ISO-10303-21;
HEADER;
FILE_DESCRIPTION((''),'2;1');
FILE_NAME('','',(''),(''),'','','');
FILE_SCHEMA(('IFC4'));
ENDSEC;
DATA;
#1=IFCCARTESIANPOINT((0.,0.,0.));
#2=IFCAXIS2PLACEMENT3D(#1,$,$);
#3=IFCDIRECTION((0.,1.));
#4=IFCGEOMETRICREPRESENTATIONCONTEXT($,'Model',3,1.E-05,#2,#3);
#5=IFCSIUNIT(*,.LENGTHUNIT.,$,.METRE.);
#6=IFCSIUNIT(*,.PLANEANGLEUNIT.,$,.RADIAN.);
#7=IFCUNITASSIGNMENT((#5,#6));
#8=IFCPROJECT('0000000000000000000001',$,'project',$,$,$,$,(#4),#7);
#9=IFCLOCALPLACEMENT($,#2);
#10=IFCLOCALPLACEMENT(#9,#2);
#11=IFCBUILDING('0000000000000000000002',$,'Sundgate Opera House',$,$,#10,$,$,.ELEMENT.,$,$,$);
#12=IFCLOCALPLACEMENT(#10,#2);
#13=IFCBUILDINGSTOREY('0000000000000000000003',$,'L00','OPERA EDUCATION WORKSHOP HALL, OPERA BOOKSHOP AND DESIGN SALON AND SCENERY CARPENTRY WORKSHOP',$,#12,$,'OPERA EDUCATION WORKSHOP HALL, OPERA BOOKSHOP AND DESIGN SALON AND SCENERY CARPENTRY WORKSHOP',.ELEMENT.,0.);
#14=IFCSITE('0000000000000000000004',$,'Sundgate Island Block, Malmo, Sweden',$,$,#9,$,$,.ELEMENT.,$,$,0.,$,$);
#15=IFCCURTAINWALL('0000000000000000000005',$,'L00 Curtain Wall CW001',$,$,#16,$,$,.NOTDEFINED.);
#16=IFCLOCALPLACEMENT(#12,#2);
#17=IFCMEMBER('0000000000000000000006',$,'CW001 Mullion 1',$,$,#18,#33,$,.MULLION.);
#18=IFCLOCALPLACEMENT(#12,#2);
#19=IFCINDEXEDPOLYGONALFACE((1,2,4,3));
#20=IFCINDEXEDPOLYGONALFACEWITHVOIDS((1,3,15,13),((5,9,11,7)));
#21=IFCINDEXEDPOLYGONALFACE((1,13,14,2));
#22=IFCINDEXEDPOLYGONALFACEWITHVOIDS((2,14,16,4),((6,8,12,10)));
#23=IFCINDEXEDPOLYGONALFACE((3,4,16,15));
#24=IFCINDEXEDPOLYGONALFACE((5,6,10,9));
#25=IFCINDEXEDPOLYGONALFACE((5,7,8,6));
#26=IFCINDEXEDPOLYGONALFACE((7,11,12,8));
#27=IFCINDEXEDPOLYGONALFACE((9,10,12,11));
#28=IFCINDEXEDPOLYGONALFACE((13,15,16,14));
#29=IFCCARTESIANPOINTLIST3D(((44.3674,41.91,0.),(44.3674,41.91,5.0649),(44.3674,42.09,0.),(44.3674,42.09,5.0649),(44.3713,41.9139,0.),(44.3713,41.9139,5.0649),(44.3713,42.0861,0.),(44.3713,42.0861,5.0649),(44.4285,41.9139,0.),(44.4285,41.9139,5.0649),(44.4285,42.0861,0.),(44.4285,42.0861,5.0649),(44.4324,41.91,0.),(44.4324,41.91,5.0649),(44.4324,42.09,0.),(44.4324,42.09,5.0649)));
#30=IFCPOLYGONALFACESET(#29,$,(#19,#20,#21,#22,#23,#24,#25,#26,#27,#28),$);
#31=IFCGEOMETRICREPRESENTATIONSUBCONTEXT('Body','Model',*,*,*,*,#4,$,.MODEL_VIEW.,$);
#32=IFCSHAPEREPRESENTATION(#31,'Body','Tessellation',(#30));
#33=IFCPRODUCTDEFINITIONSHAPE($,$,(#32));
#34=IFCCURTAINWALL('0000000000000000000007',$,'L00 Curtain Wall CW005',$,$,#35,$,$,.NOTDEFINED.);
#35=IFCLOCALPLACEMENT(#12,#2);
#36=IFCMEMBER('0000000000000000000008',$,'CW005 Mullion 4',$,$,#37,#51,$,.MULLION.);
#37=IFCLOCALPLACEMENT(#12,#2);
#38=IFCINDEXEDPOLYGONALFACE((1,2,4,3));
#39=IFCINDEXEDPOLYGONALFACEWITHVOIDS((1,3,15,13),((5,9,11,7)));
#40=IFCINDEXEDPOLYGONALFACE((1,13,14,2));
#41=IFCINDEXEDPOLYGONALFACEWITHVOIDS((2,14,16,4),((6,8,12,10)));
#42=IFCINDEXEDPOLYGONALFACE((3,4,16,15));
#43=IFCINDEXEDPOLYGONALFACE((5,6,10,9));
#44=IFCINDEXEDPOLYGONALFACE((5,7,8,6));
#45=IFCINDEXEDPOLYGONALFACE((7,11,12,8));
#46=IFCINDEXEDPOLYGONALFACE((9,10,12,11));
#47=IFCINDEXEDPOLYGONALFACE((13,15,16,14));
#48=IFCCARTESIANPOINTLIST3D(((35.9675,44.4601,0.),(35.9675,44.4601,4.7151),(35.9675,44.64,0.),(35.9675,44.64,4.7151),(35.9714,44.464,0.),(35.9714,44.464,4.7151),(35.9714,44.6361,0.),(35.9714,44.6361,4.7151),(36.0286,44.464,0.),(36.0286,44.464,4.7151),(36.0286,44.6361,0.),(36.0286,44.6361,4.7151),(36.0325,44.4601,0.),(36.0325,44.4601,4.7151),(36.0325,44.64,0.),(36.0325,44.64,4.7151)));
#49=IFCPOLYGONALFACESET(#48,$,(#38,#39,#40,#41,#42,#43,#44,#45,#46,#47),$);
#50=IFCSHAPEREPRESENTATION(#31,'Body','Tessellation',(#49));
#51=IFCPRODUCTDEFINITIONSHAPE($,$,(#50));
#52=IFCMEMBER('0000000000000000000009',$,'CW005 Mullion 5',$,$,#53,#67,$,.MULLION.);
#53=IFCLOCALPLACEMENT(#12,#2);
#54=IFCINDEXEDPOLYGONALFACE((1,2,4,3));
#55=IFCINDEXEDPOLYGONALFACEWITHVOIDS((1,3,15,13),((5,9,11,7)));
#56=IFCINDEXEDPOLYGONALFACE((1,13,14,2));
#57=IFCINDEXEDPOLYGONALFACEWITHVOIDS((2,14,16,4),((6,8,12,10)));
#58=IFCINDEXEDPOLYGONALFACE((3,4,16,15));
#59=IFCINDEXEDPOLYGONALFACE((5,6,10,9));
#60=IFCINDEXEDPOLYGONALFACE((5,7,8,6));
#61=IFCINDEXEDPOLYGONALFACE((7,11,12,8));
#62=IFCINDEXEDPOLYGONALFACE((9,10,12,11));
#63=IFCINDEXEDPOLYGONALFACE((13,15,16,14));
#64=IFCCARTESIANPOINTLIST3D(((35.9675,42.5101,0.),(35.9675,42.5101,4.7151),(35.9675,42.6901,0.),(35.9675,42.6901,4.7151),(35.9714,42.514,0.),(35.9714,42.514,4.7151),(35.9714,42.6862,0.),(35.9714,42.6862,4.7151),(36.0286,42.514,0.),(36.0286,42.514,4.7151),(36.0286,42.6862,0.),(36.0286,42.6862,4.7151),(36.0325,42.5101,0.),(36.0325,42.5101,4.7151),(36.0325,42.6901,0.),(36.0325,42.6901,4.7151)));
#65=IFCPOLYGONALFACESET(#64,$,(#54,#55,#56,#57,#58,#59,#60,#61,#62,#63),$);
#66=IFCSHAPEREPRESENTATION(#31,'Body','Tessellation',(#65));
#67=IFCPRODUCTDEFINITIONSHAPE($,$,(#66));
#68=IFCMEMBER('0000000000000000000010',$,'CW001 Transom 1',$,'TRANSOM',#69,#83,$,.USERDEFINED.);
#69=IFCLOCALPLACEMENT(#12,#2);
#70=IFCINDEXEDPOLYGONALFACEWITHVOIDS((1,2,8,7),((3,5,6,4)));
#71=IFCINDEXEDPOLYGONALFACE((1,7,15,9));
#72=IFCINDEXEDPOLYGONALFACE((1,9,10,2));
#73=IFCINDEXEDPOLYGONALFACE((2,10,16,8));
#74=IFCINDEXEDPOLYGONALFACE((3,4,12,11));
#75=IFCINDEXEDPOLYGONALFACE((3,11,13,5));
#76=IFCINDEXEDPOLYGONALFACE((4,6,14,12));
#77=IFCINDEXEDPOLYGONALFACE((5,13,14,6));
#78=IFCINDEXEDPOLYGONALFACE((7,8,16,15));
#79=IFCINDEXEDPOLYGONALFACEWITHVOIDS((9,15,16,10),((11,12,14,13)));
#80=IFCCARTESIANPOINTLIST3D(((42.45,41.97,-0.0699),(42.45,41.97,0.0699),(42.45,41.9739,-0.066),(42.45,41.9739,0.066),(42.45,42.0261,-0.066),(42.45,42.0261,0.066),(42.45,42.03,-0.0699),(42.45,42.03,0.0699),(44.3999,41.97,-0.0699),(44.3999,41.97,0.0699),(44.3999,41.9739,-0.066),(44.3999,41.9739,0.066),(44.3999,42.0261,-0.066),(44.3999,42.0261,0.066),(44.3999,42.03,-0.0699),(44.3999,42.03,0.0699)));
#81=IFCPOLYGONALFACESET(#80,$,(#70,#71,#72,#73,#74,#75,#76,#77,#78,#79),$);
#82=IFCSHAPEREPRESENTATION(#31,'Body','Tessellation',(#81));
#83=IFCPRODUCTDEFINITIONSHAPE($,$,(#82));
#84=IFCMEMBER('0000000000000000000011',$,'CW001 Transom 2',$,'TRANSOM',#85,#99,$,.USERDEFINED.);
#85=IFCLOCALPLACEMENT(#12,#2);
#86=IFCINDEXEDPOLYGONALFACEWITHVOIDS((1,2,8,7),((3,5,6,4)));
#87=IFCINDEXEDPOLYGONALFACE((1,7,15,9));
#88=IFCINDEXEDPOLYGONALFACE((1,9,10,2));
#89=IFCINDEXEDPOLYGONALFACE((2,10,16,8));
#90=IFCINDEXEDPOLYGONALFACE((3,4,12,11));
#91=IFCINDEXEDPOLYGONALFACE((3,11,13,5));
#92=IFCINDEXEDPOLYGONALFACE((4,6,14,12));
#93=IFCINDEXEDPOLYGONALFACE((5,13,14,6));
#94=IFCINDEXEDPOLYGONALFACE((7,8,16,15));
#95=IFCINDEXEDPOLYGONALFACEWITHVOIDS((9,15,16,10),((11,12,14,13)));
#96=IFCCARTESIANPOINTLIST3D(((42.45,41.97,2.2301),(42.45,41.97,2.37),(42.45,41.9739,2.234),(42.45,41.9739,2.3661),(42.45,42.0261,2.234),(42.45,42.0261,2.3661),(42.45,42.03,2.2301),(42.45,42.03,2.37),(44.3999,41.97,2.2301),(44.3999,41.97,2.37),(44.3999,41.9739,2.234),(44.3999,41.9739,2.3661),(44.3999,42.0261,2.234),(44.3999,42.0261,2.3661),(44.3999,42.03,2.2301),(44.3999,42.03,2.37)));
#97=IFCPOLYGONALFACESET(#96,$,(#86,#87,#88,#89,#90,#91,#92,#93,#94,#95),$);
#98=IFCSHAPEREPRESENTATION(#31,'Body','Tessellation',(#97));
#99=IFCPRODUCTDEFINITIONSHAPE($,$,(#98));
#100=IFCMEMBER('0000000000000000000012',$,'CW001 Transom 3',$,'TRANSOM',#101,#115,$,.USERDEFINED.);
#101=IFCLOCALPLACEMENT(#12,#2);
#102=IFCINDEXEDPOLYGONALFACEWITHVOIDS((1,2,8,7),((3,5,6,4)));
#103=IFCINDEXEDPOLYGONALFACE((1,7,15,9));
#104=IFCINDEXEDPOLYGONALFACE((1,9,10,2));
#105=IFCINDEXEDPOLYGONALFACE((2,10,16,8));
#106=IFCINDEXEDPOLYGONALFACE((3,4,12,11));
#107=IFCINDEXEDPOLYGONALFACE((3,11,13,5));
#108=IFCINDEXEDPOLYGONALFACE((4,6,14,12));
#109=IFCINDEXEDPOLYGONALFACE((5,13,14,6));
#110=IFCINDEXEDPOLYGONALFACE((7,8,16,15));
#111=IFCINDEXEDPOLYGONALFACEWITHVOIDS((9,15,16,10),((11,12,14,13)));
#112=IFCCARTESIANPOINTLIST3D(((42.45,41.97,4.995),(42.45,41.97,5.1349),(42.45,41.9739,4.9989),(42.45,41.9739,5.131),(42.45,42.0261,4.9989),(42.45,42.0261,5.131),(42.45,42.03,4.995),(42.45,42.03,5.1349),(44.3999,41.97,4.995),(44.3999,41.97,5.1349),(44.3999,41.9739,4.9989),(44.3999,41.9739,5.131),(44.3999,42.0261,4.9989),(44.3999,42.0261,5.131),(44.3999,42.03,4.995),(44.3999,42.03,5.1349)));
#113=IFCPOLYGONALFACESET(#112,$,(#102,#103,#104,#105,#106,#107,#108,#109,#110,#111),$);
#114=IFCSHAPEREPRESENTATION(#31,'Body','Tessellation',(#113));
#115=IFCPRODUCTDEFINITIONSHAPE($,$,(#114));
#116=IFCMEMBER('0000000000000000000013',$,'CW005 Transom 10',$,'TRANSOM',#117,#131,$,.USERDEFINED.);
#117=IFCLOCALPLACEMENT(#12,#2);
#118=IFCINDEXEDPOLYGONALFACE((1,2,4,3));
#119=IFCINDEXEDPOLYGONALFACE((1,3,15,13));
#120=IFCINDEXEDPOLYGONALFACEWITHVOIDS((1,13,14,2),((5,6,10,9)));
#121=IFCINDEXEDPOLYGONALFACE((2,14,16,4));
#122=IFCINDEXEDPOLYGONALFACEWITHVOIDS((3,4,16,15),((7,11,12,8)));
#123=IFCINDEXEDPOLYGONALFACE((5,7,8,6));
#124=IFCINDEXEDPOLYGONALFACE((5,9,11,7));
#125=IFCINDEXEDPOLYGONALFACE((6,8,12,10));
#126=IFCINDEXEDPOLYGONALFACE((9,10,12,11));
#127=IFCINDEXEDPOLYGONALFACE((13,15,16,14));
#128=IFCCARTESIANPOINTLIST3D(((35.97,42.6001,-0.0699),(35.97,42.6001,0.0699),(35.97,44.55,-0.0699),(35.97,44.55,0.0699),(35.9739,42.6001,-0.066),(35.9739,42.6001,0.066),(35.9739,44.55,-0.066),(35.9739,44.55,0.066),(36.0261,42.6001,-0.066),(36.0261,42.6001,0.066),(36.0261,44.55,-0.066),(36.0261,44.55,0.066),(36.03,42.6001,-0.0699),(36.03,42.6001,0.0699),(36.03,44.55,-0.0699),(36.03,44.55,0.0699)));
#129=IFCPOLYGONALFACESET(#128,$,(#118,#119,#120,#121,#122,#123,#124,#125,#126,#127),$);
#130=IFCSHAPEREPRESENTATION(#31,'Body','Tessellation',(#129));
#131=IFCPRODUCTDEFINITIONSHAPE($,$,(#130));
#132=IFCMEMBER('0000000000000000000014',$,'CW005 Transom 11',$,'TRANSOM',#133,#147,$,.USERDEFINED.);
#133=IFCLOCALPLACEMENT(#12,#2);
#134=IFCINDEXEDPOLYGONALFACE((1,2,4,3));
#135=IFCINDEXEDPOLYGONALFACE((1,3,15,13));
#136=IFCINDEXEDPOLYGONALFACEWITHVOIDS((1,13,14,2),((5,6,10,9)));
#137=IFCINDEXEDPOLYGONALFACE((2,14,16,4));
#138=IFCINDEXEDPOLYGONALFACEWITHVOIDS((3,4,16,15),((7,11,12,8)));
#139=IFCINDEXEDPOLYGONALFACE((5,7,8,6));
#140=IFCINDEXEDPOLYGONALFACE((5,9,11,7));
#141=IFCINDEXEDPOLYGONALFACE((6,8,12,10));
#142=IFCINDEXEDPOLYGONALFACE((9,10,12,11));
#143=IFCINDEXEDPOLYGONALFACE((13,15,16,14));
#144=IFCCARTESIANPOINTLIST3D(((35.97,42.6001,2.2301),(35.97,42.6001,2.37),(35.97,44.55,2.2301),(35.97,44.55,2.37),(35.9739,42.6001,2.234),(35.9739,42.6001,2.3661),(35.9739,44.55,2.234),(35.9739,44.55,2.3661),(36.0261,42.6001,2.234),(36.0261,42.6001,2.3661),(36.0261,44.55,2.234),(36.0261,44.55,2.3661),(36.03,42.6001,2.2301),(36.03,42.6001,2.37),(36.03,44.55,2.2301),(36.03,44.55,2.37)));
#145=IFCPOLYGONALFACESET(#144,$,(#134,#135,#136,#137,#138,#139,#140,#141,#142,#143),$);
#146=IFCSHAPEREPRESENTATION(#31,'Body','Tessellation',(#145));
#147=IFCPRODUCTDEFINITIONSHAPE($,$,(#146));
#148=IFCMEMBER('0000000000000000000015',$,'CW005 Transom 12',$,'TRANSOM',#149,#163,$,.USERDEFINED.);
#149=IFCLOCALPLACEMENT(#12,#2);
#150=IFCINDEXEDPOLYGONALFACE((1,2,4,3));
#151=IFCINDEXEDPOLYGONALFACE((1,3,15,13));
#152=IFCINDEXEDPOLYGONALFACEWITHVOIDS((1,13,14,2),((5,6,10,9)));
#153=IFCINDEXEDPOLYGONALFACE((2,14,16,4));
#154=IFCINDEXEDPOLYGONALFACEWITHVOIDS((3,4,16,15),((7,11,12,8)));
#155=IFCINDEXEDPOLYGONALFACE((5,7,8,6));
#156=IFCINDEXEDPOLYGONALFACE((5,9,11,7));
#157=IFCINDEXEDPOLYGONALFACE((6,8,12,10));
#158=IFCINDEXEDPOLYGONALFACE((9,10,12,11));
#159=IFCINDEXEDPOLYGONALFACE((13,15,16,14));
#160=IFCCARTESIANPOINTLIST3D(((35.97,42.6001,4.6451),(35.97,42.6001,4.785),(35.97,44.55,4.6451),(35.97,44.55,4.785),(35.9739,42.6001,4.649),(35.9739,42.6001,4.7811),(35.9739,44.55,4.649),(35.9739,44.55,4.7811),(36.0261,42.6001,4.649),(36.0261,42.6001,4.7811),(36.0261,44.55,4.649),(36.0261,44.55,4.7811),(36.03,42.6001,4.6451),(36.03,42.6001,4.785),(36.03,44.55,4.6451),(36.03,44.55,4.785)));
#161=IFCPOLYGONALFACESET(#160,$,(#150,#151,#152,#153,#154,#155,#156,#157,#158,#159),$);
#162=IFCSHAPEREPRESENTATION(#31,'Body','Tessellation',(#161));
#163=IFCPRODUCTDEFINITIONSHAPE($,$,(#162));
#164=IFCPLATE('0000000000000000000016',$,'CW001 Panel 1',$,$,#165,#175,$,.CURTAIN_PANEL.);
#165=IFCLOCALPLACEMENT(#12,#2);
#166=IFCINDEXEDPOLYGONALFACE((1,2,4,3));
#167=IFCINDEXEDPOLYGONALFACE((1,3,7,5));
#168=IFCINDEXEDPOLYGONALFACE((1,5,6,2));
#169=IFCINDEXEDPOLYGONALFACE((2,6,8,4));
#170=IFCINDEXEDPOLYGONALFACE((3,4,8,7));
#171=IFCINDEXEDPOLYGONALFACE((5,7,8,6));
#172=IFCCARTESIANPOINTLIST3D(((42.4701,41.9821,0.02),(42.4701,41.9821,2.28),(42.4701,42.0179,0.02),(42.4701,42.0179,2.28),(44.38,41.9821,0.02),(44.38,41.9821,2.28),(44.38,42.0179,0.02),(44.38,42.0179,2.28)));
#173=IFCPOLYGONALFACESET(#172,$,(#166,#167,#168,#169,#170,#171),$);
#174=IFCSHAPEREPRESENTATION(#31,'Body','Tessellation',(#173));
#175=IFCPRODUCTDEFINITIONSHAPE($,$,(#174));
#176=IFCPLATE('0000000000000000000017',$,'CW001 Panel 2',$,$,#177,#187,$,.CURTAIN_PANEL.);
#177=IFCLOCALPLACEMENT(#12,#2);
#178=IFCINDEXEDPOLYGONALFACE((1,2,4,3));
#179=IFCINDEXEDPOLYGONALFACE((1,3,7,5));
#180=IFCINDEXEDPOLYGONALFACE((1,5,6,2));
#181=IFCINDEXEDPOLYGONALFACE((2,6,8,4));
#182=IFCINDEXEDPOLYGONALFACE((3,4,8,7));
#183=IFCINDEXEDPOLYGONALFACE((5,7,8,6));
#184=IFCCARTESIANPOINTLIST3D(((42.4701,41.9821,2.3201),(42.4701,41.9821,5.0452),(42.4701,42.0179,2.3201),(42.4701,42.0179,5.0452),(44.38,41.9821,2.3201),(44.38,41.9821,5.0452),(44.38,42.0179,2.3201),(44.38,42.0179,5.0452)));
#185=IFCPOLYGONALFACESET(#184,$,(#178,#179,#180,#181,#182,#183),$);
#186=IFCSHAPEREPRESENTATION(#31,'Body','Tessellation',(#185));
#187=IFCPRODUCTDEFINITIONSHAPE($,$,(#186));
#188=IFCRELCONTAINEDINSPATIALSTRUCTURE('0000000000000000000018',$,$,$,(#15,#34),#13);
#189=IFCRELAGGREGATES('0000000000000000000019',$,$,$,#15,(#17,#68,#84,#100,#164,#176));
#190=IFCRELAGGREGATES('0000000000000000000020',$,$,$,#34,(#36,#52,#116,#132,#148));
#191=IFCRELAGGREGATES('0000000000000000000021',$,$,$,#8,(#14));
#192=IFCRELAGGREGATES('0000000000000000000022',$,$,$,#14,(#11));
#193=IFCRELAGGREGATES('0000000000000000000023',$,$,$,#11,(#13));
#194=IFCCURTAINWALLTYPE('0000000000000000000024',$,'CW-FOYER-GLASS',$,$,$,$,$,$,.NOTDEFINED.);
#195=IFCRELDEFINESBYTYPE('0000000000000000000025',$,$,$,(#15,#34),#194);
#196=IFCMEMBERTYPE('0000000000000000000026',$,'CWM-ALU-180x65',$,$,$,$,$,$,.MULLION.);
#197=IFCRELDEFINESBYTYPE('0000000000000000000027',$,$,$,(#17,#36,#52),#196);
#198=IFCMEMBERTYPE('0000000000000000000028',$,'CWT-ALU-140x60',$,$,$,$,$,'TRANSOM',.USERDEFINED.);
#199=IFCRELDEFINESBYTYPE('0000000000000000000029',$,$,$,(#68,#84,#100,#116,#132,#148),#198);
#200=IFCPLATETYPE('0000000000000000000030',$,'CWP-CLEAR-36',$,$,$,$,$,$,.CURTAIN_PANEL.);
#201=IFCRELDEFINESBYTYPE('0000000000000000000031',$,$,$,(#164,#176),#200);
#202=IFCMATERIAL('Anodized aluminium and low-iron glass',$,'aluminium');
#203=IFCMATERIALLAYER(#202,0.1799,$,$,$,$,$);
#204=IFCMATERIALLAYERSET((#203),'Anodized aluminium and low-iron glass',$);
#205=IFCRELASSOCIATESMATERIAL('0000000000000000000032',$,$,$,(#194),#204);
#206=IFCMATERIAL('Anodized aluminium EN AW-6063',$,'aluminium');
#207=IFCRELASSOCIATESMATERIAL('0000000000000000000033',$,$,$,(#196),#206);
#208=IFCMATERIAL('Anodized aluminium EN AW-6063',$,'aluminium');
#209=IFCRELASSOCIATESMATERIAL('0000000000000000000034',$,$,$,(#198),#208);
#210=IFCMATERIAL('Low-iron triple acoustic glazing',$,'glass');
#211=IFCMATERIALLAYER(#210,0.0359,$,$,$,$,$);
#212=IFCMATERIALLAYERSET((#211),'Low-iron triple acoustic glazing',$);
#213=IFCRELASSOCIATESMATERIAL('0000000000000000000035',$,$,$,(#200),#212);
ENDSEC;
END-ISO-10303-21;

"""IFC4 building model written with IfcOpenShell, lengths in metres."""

from ifc_helpers import new_model, si_unit, direction, frame, origin, origin_2d, place, context, subcontext, project, spatial, rectangle, hollow_rectangle, extrude, material, layer, layer_set, material_profile, profile_set, type_object, element, aggregate, save


model = new_model("IFC4")

# Units and contexts
model_context = context("Model", 3, precision=1e-05, world=origin(), true_north=direction((0.0, 1.0)))
body_context = subcontext(model_context, "Body", "Model", "MODEL_VIEW")
ifc_project = project(units=[si_unit("LENGTHUNIT", "METRE"), si_unit("PLANEANGLEUNIT", "RADIAN")], contexts=[model_context])

# Site, building, storey
site_placement = place(None, origin())
site = spatial("IfcSite", under=ifc_project, at=site_placement, Name="Sundgate Island Block, Malmo, Sweden", CompositionType="ELEMENT", RefElevation=0.0)
building_placement = place(site_placement, origin())
building = spatial("IfcBuilding", under=site, at=building_placement, Name="Sundgate Opera House", CompositionType="ELEMENT")
storey_placement = place(building_placement, origin())
storey = spatial("IfcBuildingStorey", under=building, at=storey_placement, Name="L00", Description="OPERA EDUCATION WORKSHOP HALL, OPERA BOOKSHOP AND DESIGN SALON AND SCENERY CARPENTRY WORKSHOP", LongName="OPERA EDUCATION WORKSHOP HALL, OPERA BOOKSHOP AND DESIGN SALON AND SCENERY CARPENTRY WORKSHOP", CompositionType="ELEMENT", Elevation=0.0)

# Curtain wall, member
ifc_material_1 = material(Name="Anodized aluminium and low-iron glass", Category="aluminium")
ifc_layer_1 = layer(ifc_material_1, 0.1799)
ifc_layer_set_1 = layer_set([ifc_layer_1], Name="Anodized aluminium and low-iron glass")
curtain_wall_type = type_object("IfcCurtainWallType", Name="CW-FOYER-GLASS", PredefinedType="NOTDEFINED", material=ifc_layer_set_1)
curtain_wall_1_placement = place(storey_placement, origin())
curtain_wall_1 = element("IfcCurtainWall", 1, at=curtain_wall_1_placement, inside=storey, type_object=curtain_wall_type, Name="L00 Curtain Wall CW001", PredefinedType="NOTDEFINED")
ifc_material_2 = material(Name="Anodized aluminium EN AW-6063", Category="aluminium")
ifc_material_profile_1 = material_profile(ifc_material_2, hollow_rectangle(XDim=0.0649, YDim=0.1799, WallThickness=0.0039, at=origin_2d()), Name="CWM 180x65x4")
ifc_profile_set_1 = profile_set([ifc_material_profile_1], Name="Anodized aluminium EN AW-6063")
member_type_1 = type_object("IfcMemberType", Name="CWM-ALU-180x65", PredefinedType="MULLION", material=ifc_profile_set_1)
member_1_placement = place(storey_placement, frame((44.3999, 42.0, 0.0), z_axis=(0.0, 0.0, 1.0), x_axis=(1.0, 0.0, 0.0)))
member_1 = element("IfcMember", 2, at=member_1_placement, type_object=member_type_1, Name="CW001 Mullion 1", PredefinedType="MULLION", context=body_context, shape_type="SweptSolid", body=[
    extrude(hollow_rectangle(XDim=0.0649, YDim=0.1799, WallThickness=0.0039, at=origin_2d()), origin(), (0.0, 0.0, 1.0), 5.0649),
])

# Curtain wall, members
curtain_wall_2_placement = place(storey_placement, origin())
curtain_wall_2 = element("IfcCurtainWall", 3, at=curtain_wall_2_placement, inside=storey, type_object=curtain_wall_type, Name="L00 Curtain Wall CW005", PredefinedType="NOTDEFINED")
member_2_placement = place(storey_placement, frame((36.0, 44.55, 0.0), z_axis=(0.0, 0.0, 1.0), x_axis=(1.0, 0.0, 0.0)))
member_2 = element("IfcMember", 4, at=member_2_placement, type_object=member_type_1, Name="CW005 Mullion 4", PredefinedType="MULLION", context=body_context, shape_type="SweptSolid", body=[
    extrude(hollow_rectangle(XDim=0.0649, YDim=0.1799, WallThickness=0.0039, at=origin_2d()), origin(), (0.0, 0.0, 1.0), 4.7151),
])
member_3_placement = place(storey_placement, frame((36.0, 42.6001, 0.0), z_axis=(0.0, 0.0, 1.0), x_axis=(1.0, 0.0, 0.0)))
member_3 = element("IfcMember", 5, at=member_3_placement, type_object=member_type_1, Name="CW005 Mullion 5", PredefinedType="MULLION", context=body_context, shape_type="SweptSolid", body=[
    extrude(hollow_rectangle(XDim=0.0649, YDim=0.1799, WallThickness=0.0039, at=origin_2d()), origin(), (0.0, 0.0, 1.0), 4.7151),
])

# Members
ifc_material_3 = material(Name="Anodized aluminium EN AW-6063", Category="aluminium")
ifc_material_profile_2 = material_profile(ifc_material_3, hollow_rectangle(XDim=0.0601, YDim=0.1399, WallThickness=0.0039, at=origin_2d()), Name="CWT 140x60x4")
ifc_profile_set_2 = profile_set([ifc_material_profile_2], Name="Anodized aluminium EN AW-6063")
member_type_2 = type_object("IfcMemberType", Name="CWT-ALU-140x60", ElementType="TRANSOM", PredefinedType="USERDEFINED", material=ifc_profile_set_2)
member_4_placement = place(storey_placement, frame((44.3999, 42.0, 0.0), z_axis=(-1.0, 0.0, 0.0), x_axis=(0.0, -1.0, 0.0)))
member_4 = element("IfcMember", 6, at=member_4_placement, type_object=member_type_2, Name="CW001 Transom 1", ObjectType="TRANSOM", PredefinedType="USERDEFINED", context=body_context, shape_type="SweptSolid", body=[
    extrude(hollow_rectangle(XDim=0.0601, YDim=0.1399, WallThickness=0.0039, at=origin_2d()), origin(), (0.0, 0.0, 1.0), 1.95),
])
member_5_placement = place(storey_placement, frame((44.3999, 42.0, 2.3), z_axis=(-1.0, 0.0, 0.0), x_axis=(0.0, -1.0, 0.0)))
member_5 = element("IfcMember", 7, at=member_5_placement, type_object=member_type_2, Name="CW001 Transom 2", ObjectType="TRANSOM", PredefinedType="USERDEFINED", context=body_context, shape_type="SweptSolid", body=[
    extrude(hollow_rectangle(XDim=0.0601, YDim=0.1399, WallThickness=0.0039, at=origin_2d()), origin(), (0.0, 0.0, 1.0), 1.95),
])
member_6_placement = place(storey_placement, frame((44.3999, 42.0, 5.0649), z_axis=(-1.0, 0.0, 0.0), x_axis=(0.0, -1.0, 0.0)))
member_6 = element("IfcMember", 8, at=member_6_placement, type_object=member_type_2, Name="CW001 Transom 3", ObjectType="TRANSOM", PredefinedType="USERDEFINED", context=body_context, shape_type="SweptSolid", body=[
    extrude(hollow_rectangle(XDim=0.0601, YDim=0.1399, WallThickness=0.0039, at=origin_2d()), origin(), (0.0, 0.0, 1.0), 1.95),
])
member_7_placement = place(storey_placement, frame((36.0, 44.55, 0.0), z_axis=(0.0, -1.0, 0.0), x_axis=(1.0, 0.0, 0.0)))
member_7 = element("IfcMember", 9, at=member_7_placement, type_object=member_type_2, Name="CW005 Transom 10", ObjectType="TRANSOM", PredefinedType="USERDEFINED", context=body_context, shape_type="SweptSolid", body=[
    extrude(hollow_rectangle(XDim=0.0601, YDim=0.1399, WallThickness=0.0039, at=origin_2d()), origin(), (0.0, 0.0, 1.0), 1.95),
])
member_8_placement = place(storey_placement, frame((36.0, 44.55, 2.3), z_axis=(0.0, -1.0, 0.0), x_axis=(1.0, 0.0, 0.0)))
member_8 = element("IfcMember", 10, at=member_8_placement, type_object=member_type_2, Name="CW005 Transom 11", ObjectType="TRANSOM", PredefinedType="USERDEFINED", context=body_context, shape_type="SweptSolid", body=[
    extrude(hollow_rectangle(XDim=0.0601, YDim=0.1399, WallThickness=0.0039, at=origin_2d()), origin(), (0.0, 0.0, 1.0), 1.95),
])
member_9_placement = place(storey_placement, frame((36.0, 44.55, 4.7151), z_axis=(0.0, -1.0, 0.0), x_axis=(1.0, 0.0, 0.0)))
member_9 = element("IfcMember", 11, at=member_9_placement, type_object=member_type_2, Name="CW005 Transom 12", ObjectType="TRANSOM", PredefinedType="USERDEFINED", context=body_context, shape_type="SweptSolid", body=[
    extrude(hollow_rectangle(XDim=0.0601, YDim=0.1399, WallThickness=0.0039, at=origin_2d()), origin(), (0.0, 0.0, 1.0), 1.95),
])

# Plates
ifc_material_4 = material(Name="Low-iron triple acoustic glazing", Category="glass")
ifc_layer_2 = layer(ifc_material_4, 0.0359)
ifc_layer_set_2 = layer_set([ifc_layer_2], Name="Low-iron triple acoustic glazing")
plate_type = type_object("IfcPlateType", Name="CWP-CLEAR-36", PredefinedType="CURTAIN_PANEL", material=ifc_layer_set_2)
plate_1_placement = place(storey_placement, frame((43.425, 42.0, 0.02), z_axis=(0.0, 0.0, 1.0), x_axis=(-1.0, 0.0, 0.0)))
plate_1 = element("IfcPlate", 12, at=plate_1_placement, type_object=plate_type, Name="CW001 Panel 1", PredefinedType="CURTAIN_PANEL", context=body_context, shape_type="SweptSolid", body=[
    extrude(rectangle(XDim=1.9099, YDim=0.0359, at=origin_2d()), origin(), (0.0, 0.0, 1.0), 2.26),
])
plate_2_placement = place(storey_placement, frame((43.425, 42.0, 2.3201), z_axis=(0.0, 0.0, 1.0), x_axis=(-1.0, 0.0, 0.0)))
plate_2 = element("IfcPlate", 13, at=plate_2_placement, type_object=plate_type, Name="CW001 Panel 2", PredefinedType="CURTAIN_PANEL", context=body_context, shape_type="SweptSolid", body=[
    extrude(rectangle(XDim=1.9099, YDim=0.0359, at=origin_2d()), origin(), (0.0, 0.0, 1.0), 2.7251),
])
aggregate(curtain_wall_1, [member_1, member_4, member_5, member_6, plate_1, plate_2])
aggregate(curtain_wall_2, [member_2, member_3, member_7, member_8, member_9])

save(model, "model.ifc")
